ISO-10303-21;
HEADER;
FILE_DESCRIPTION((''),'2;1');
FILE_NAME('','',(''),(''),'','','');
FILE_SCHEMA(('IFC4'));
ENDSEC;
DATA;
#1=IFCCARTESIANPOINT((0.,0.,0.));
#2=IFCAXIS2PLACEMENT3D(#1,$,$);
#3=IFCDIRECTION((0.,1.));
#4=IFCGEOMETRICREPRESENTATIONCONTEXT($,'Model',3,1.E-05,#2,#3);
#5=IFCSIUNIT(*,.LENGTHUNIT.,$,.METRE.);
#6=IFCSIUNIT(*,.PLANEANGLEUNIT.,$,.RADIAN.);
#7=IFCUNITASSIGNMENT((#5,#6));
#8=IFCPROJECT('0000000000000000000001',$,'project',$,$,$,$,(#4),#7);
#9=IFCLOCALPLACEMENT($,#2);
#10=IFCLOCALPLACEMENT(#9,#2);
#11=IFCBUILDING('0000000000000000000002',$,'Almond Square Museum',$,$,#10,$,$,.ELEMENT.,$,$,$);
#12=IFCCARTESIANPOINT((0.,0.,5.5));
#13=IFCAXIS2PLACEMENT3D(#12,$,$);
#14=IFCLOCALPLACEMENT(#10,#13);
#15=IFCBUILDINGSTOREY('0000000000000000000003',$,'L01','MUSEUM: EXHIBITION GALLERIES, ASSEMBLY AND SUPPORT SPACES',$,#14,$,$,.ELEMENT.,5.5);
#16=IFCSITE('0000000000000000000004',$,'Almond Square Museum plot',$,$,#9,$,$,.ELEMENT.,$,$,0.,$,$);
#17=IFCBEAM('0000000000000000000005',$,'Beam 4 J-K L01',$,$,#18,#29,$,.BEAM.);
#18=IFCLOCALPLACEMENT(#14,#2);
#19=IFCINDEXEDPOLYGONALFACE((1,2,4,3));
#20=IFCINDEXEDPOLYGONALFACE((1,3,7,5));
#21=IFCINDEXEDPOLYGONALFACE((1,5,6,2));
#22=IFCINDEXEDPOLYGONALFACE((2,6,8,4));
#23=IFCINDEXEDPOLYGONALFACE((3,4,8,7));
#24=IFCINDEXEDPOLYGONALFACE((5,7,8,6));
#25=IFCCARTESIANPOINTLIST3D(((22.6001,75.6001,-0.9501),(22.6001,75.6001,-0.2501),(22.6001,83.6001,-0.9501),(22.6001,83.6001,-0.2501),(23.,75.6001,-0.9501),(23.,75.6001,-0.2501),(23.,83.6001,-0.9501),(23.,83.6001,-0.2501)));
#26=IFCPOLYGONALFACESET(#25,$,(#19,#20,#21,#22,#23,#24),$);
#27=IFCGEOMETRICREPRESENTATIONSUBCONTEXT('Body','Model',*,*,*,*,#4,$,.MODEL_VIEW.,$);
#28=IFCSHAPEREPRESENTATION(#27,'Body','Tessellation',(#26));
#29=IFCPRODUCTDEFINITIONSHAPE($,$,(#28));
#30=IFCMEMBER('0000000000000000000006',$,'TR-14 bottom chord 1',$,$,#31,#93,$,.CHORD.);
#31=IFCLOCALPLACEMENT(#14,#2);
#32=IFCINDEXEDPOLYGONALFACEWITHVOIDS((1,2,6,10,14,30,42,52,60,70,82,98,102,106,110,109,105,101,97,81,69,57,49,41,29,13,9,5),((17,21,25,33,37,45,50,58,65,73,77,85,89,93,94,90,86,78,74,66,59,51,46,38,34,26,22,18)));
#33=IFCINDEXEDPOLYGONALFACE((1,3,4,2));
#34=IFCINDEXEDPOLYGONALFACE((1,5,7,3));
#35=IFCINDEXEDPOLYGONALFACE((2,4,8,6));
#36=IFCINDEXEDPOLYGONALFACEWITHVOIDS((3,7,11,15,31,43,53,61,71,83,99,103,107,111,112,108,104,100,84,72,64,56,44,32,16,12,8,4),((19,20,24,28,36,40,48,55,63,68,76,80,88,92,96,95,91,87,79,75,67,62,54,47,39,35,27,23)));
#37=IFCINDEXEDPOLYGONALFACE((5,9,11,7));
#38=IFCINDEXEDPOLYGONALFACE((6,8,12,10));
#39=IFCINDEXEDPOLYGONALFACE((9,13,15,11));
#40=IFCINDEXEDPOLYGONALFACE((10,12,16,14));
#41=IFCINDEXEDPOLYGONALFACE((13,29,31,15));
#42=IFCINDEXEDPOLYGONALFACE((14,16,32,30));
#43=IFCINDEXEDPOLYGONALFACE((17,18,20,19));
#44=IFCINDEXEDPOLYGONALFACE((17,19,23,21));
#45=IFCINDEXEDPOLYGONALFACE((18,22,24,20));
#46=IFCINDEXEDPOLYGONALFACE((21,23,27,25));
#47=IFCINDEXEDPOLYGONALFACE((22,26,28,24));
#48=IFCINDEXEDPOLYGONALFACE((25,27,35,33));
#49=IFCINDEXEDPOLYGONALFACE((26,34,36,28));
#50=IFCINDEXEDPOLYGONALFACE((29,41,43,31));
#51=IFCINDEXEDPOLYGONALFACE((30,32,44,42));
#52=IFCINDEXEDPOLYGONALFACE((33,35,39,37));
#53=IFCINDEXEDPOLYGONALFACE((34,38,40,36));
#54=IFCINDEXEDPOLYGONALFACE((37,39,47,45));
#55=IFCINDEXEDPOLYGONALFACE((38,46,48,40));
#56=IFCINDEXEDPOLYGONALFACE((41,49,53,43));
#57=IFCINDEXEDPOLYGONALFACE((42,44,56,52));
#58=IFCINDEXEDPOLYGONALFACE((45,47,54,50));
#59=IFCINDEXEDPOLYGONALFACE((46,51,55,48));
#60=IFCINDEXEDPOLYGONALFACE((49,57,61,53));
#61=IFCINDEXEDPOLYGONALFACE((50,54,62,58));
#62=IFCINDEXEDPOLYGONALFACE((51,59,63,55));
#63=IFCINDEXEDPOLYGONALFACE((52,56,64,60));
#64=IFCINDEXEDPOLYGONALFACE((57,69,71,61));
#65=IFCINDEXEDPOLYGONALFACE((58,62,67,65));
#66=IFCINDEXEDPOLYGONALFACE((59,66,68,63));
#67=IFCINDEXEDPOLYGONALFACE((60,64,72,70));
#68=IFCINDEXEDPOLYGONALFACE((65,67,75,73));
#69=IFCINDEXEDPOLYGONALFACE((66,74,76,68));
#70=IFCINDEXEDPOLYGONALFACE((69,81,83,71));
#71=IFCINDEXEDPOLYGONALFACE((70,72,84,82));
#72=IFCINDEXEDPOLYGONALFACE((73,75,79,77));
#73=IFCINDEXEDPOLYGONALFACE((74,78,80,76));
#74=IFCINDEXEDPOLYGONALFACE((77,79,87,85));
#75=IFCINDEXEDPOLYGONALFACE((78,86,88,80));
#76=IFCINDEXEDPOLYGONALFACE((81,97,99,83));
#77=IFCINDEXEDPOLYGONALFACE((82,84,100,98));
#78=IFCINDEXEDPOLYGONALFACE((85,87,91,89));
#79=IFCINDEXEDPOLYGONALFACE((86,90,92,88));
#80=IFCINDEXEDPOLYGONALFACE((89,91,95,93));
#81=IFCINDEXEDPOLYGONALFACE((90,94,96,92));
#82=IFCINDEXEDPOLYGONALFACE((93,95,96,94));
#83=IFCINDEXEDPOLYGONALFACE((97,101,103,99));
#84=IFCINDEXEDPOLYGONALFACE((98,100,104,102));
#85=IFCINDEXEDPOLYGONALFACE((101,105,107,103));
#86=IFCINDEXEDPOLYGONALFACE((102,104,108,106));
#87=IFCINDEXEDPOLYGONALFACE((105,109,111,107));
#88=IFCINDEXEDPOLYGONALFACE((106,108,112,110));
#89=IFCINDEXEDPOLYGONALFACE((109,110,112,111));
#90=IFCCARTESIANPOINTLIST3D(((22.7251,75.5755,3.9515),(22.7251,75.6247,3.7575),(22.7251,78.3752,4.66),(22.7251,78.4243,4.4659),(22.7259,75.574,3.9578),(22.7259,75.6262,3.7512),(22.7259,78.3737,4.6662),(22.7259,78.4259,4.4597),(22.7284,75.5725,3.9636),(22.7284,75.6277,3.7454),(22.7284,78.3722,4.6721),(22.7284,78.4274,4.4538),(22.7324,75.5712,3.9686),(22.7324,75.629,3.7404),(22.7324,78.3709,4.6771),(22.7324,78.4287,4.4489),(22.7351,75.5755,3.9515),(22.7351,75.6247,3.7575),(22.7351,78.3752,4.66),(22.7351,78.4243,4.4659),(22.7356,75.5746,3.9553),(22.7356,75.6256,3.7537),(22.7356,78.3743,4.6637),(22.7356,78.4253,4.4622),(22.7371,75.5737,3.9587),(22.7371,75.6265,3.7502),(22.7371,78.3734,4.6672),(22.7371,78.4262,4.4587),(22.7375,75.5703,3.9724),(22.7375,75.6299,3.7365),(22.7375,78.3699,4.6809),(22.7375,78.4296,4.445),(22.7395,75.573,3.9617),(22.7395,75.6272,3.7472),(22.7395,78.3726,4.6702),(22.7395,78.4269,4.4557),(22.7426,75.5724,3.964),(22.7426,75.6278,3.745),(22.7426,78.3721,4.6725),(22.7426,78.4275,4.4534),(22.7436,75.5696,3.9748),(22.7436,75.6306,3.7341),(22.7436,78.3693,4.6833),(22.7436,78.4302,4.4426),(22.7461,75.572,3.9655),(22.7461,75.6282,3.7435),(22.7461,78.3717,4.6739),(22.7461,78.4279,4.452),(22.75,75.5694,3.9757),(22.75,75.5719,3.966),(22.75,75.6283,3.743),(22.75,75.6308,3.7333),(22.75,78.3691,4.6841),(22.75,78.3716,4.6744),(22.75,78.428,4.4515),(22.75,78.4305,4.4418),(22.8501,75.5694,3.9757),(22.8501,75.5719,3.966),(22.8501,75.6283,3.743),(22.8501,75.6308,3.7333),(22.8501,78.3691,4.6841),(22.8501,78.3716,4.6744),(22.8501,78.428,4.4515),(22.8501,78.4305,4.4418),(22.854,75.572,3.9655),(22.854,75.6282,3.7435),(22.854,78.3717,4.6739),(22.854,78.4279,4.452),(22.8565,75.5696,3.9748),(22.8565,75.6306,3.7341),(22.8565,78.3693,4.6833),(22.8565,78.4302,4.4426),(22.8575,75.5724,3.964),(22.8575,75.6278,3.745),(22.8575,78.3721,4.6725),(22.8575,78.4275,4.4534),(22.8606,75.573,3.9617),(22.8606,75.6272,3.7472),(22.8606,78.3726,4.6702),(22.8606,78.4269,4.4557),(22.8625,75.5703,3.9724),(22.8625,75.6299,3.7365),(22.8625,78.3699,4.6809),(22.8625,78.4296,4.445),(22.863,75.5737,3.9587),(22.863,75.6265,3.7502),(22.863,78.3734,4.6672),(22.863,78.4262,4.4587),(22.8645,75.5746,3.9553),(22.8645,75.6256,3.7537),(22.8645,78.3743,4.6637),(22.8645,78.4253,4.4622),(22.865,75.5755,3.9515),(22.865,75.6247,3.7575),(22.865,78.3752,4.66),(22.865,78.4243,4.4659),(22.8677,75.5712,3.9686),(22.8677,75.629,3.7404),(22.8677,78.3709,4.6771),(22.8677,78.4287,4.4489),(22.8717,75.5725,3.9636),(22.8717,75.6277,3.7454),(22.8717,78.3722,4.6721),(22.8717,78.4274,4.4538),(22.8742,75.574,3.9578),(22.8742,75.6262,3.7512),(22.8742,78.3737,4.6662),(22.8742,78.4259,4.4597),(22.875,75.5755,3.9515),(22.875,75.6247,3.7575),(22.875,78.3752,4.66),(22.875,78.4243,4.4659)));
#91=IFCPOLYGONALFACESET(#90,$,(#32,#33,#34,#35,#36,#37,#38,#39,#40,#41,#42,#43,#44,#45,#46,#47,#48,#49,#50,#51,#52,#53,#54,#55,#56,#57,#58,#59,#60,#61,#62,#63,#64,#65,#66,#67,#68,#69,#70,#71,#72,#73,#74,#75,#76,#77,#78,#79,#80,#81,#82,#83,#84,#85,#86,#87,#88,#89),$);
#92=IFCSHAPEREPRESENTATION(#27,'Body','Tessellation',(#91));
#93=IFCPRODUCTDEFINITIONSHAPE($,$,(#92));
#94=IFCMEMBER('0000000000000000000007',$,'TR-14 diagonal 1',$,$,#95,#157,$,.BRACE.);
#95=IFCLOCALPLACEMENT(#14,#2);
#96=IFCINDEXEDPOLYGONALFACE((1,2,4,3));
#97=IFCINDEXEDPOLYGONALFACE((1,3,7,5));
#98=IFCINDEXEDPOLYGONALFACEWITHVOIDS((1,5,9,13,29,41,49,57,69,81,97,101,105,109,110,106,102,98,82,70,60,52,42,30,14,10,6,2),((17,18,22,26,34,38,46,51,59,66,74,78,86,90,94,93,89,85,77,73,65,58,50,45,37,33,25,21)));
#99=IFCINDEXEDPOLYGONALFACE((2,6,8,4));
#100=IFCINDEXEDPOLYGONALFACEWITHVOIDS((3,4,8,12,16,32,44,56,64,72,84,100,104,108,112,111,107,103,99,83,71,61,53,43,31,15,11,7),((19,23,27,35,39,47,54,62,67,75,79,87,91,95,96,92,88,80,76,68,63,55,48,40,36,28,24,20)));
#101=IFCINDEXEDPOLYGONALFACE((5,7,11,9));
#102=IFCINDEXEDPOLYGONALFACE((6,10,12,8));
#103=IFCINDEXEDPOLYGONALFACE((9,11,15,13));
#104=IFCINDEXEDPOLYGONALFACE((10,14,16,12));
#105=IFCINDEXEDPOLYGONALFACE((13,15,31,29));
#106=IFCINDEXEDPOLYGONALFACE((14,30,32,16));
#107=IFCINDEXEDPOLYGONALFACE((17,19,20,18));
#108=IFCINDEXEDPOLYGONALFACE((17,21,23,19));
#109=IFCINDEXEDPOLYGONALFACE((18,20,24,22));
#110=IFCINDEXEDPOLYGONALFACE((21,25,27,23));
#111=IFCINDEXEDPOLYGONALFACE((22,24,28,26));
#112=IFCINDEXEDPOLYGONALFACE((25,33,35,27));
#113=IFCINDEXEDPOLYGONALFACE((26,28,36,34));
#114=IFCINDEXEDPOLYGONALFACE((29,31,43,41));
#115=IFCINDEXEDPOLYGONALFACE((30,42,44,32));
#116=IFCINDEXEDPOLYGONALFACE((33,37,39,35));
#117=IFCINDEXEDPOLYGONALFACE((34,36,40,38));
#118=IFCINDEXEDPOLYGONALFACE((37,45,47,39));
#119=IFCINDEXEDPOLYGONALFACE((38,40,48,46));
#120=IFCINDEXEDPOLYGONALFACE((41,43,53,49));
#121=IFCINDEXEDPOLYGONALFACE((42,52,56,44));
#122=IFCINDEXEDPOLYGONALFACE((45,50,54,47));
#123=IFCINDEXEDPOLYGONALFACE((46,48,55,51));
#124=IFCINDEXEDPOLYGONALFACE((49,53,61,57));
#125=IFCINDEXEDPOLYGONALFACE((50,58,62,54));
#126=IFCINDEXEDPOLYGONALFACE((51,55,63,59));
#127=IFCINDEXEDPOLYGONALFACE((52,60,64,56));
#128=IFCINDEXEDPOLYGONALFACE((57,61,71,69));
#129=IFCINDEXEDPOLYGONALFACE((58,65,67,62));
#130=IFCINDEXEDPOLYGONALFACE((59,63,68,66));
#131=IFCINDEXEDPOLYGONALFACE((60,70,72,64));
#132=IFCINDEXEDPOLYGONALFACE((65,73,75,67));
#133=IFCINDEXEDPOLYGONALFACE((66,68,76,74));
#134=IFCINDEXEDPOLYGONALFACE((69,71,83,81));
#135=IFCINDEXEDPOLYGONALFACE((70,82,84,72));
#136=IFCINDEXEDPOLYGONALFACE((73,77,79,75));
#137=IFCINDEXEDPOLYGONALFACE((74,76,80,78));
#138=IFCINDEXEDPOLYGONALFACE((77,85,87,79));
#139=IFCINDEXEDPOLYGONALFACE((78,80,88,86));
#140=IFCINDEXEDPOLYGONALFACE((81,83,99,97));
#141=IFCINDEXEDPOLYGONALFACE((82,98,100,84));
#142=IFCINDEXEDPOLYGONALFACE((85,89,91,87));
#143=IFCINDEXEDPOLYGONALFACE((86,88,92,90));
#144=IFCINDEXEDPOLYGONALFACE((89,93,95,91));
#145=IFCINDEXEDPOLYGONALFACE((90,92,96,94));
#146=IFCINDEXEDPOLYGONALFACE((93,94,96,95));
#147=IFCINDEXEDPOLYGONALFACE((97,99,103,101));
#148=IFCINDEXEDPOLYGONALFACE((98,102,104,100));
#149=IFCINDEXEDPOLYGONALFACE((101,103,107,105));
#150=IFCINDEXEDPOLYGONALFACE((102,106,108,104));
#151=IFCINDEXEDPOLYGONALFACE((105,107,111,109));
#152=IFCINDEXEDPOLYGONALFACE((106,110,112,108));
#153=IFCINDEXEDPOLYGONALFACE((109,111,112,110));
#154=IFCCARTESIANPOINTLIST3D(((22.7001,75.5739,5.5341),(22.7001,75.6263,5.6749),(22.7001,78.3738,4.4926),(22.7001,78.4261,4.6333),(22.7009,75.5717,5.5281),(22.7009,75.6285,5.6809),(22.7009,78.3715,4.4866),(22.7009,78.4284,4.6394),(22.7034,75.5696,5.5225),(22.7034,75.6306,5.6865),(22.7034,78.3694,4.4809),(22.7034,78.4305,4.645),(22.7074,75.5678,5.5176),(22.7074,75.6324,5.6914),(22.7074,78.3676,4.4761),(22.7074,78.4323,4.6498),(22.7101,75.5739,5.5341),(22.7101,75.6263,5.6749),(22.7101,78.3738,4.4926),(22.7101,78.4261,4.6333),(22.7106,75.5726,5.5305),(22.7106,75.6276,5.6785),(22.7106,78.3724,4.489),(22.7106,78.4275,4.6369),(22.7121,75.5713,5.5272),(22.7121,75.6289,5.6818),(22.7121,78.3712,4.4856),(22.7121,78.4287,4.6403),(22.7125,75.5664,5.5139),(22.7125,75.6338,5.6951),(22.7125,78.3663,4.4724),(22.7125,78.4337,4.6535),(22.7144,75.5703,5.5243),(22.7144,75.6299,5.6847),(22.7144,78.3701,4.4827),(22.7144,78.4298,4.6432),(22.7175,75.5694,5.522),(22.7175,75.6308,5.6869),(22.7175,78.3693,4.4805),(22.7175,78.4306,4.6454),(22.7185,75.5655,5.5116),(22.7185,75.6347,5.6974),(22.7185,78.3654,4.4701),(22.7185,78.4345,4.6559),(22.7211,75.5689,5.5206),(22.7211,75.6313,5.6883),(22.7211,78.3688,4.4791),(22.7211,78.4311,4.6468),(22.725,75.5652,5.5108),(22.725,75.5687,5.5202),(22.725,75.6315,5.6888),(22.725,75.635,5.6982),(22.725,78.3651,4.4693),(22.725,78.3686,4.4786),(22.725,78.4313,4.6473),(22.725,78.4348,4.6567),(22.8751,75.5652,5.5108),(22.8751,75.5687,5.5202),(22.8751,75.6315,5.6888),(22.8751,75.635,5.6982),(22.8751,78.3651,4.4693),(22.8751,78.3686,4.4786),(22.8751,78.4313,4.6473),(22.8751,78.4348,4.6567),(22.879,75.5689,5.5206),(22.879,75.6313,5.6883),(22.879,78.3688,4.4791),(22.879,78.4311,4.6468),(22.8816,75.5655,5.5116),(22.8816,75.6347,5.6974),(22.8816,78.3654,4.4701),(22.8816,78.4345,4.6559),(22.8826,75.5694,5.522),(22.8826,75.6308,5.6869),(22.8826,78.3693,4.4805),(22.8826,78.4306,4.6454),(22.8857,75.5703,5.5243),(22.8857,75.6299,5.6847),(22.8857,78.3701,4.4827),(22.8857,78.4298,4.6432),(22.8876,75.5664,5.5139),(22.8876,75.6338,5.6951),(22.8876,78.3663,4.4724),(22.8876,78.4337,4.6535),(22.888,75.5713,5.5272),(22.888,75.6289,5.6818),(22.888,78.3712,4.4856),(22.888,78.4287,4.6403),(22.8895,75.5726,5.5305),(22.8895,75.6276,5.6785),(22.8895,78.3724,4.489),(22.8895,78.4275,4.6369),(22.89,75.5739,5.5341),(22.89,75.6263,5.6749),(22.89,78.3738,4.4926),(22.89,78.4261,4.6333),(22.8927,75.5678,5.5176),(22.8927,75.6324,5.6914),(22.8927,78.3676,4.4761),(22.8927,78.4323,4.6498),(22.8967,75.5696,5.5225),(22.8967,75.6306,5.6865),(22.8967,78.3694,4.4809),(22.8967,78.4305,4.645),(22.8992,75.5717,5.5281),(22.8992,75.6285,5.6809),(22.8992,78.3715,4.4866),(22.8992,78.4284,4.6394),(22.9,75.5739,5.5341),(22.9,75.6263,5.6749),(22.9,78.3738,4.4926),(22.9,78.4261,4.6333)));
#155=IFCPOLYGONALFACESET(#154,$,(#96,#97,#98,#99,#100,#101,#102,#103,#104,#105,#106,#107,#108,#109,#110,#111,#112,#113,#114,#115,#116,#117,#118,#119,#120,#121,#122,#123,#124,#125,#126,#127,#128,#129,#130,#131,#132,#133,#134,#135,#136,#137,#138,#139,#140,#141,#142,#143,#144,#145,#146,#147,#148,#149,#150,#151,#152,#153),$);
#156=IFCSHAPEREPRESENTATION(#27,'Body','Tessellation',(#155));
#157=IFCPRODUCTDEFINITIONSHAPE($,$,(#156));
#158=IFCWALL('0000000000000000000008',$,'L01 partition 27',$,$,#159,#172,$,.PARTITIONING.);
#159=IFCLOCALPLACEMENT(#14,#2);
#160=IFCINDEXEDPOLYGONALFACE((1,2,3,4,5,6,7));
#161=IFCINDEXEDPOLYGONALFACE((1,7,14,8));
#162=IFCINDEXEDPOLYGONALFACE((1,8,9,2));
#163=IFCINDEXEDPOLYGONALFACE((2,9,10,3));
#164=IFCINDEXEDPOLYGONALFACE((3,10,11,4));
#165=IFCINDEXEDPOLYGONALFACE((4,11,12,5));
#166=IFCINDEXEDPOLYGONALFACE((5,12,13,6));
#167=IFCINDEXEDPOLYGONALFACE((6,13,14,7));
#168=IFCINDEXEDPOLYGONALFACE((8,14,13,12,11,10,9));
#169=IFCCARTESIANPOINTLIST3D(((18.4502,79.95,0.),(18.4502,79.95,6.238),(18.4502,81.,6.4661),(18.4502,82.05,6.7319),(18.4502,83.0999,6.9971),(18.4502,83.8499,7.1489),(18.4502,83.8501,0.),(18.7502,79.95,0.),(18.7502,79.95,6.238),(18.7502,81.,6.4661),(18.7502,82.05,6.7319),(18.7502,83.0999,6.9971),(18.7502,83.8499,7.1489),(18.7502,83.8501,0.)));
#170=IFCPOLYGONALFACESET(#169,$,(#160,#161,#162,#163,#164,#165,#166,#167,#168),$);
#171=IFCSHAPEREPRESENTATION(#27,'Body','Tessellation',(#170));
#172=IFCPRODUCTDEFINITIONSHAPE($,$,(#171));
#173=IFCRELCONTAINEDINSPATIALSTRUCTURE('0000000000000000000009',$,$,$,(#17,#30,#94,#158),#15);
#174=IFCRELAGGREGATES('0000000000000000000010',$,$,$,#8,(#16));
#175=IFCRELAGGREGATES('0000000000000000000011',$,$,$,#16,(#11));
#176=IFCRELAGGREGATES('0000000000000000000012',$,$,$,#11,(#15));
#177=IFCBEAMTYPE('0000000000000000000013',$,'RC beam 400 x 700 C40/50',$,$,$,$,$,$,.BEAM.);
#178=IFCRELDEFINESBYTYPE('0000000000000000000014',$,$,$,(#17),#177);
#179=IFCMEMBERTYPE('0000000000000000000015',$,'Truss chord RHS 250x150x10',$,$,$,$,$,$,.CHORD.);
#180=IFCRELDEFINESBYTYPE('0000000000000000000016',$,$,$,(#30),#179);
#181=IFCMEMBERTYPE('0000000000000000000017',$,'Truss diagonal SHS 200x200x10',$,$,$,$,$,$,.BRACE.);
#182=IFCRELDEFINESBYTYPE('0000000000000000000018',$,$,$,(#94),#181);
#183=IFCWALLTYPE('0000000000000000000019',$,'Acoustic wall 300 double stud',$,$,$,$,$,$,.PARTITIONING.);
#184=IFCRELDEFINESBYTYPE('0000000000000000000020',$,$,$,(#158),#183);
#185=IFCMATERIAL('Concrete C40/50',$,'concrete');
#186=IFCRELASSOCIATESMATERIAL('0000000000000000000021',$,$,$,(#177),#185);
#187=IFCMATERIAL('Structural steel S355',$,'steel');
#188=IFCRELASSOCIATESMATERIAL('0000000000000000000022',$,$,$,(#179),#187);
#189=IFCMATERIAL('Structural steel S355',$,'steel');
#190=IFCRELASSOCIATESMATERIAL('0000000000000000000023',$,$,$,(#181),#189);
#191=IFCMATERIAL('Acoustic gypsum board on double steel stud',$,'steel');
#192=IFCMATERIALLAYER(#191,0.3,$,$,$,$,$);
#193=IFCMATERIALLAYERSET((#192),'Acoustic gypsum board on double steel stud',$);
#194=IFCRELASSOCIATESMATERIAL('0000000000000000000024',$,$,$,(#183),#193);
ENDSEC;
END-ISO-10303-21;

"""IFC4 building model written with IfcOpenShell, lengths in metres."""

from ifc_helpers import new_model, si_unit, direction, frame, origin, origin_2d, place, context, subcontext, project, spatial, polyline, rectangle, hollow_rectangle, outline, extrude, material, layer, layer_set, material_profile, profile_set, type_object, element, save


model = new_model("IFC4")

# Units and contexts
model_context = context("Model", 3, precision=1e-05, world=origin(), true_north=direction((0.0, 1.0)))
body_context = subcontext(model_context, "Body", "Model", "MODEL_VIEW")
ifc_project = project(units=[si_unit("LENGTHUNIT", "METRE"), si_unit("PLANEANGLEUNIT", "RADIAN")], contexts=[model_context])

# Site, building, storey
site_placement = place(None, origin())
site = spatial("IfcSite", under=ifc_project, at=site_placement, Name="Almond Square Museum plot", CompositionType="ELEMENT", RefElevation=0.0)
building_placement = place(site_placement, origin())
building = spatial("IfcBuilding", under=site, at=building_placement, Name="Almond Square Museum", CompositionType="ELEMENT")
storey_placement = place(building_placement, frame((0.0, 0.0, 5.5)))
storey = spatial("IfcBuildingStorey", under=building, at=storey_placement, Name="L01", Description="MUSEUM: EXHIBITION GALLERIES, ASSEMBLY AND SUPPORT SPACES", CompositionType="ELEMENT", Elevation=5.5)

# Beam
ifc_material_1 = material(Name="Concrete C40/50", Category="concrete")
ifc_material_profile_1 = material_profile(ifc_material_1, rectangle(XDim=0.3999, YDim=0.7, at=origin_2d()))
ifc_profile_set_1 = profile_set([ifc_material_profile_1], Name="Concrete C40/50")
beam_type = type_object("IfcBeamType", Name="RC beam 400 x 700 C40/50", PredefinedType="BEAM", material=ifc_profile_set_1)
beam_placement = place(storey_placement, frame((22.8, 75.6001, -0.6001), z_axis=(0.0, 1.0, 0.0), x_axis=(-1.0, 0.0, 0.0)))
element("IfcBeam", 1, at=beam_placement, inside=storey, type_object=beam_type, Name="Beam 4 J-K L01", PredefinedType="BEAM", context=body_context, shape_type="SweptSolid", body=[
    extrude(rectangle(XDim=0.3999, YDim=0.7, at=origin_2d()), origin(), (0.0, 0.0, 1.0), 8.0),
])

# Members
ifc_material_2 = material(Name="Structural steel S355", Category="steel")
ifc_material_profile_2 = material_profile(ifc_material_2, hollow_rectangle(XDim=0.1499, YDim=0.25, WallThickness=0.01, InnerFilletRadius=0.0149, OuterFilletRadius=0.0249, at=origin_2d()))
ifc_profile_set_2 = profile_set([ifc_material_profile_2], Name="Structural steel S355")
member_type_1 = type_object("IfcMemberType", Name="Truss chord RHS 250x150x10", PredefinedType="CHORD", material=ifc_profile_set_2)
member_1_placement = place(storey_placement, frame((22.8, 75.6001, 3.8545), z_axis=(0.0, 0.969442, 0.245319), x_axis=(-1.0, 0.0, 0.0)))
element("IfcMember", 2, at=member_1_placement, inside=storey, type_object=member_type_1, Name="TR-14 bottom chord 1", PredefinedType="CHORD", context=body_context, shape_type="SweptSolid", body=[
    extrude(hollow_rectangle(XDim=0.1499, YDim=0.25, WallThickness=0.01, InnerFilletRadius=0.0149, OuterFilletRadius=0.0249, at=origin_2d()), origin(), (0.0, 0.0, 1.0), 2.8879),
])
ifc_material_3 = material(Name="Structural steel S355", Category="steel")
ifc_material_profile_3 = material_profile(ifc_material_3, hollow_rectangle(XDim=0.2, YDim=0.2, WallThickness=0.01, InnerFilletRadius=0.0149, OuterFilletRadius=0.0249, at=origin_2d()))
ifc_profile_set_3 = profile_set([ifc_material_profile_3], Name="Structural steel S355")
member_type_2 = type_object("IfcMemberType", Name="Truss diagonal SHS 200x200x10", PredefinedType="BRACE", material=ifc_profile_set_3)
member_2_placement = place(storey_placement, frame((22.8, 75.6001, 5.6045), z_axis=(0.0, 0.937253, -0.34865), x_axis=(-1.0, 0.0, 0.0)))
element("IfcMember", 3, at=member_2_placement, inside=storey, type_object=member_type_2, Name="TR-14 diagonal 1", PredefinedType="BRACE", context=body_context, shape_type="SweptSolid", body=[
    extrude(hollow_rectangle(XDim=0.2, YDim=0.2, WallThickness=0.01, InnerFilletRadius=0.0149, OuterFilletRadius=0.0249, at=origin_2d()), origin(), (0.0, 0.0, 1.0), 2.9873),
])

# Wall
ifc_material_4 = material(Name="Acoustic gypsum board on double steel stud", Category="steel")
ifc_layer_1 = layer(ifc_material_4, 0.3)
ifc_layer_set_1 = layer_set([ifc_layer_1], Name="Acoustic gypsum board on double steel stud")
wall_type = type_object("IfcWallType", Name="Acoustic wall 300 double stud", PredefinedType="PARTITIONING", material=ifc_layer_set_1)
wall_1_placement = place(storey_placement, frame((18.6001, 79.95, 0.0), z_axis=(0.0, 0.0, 1.0), x_axis=(0.0, 1.0, 0.0)))
element("IfcWall", 4, at=wall_1_placement, inside=storey, type_object=wall_type, Name="L01 partition 27", PredefinedType="PARTITIONING", context=body_context, shape_type="SweptSolid", body=[
    extrude(outline(polyline([(0.0, 0.0), (3.9001, 0.0), (3.8999, 7.1489), (3.1499, 6.9971), (2.1001, 6.7319), (1.05, 6.4661), (0.0, 6.238), (0.0, 0.0)])), frame((0.0, 0.1499, 0.0), z_axis=(0.0, -1.0, 0.0), x_axis=(1.0, 0.0, 0.0)), (0.0, 0.0, 1.0), 0.3),
])

save(model, "model.ifc")
